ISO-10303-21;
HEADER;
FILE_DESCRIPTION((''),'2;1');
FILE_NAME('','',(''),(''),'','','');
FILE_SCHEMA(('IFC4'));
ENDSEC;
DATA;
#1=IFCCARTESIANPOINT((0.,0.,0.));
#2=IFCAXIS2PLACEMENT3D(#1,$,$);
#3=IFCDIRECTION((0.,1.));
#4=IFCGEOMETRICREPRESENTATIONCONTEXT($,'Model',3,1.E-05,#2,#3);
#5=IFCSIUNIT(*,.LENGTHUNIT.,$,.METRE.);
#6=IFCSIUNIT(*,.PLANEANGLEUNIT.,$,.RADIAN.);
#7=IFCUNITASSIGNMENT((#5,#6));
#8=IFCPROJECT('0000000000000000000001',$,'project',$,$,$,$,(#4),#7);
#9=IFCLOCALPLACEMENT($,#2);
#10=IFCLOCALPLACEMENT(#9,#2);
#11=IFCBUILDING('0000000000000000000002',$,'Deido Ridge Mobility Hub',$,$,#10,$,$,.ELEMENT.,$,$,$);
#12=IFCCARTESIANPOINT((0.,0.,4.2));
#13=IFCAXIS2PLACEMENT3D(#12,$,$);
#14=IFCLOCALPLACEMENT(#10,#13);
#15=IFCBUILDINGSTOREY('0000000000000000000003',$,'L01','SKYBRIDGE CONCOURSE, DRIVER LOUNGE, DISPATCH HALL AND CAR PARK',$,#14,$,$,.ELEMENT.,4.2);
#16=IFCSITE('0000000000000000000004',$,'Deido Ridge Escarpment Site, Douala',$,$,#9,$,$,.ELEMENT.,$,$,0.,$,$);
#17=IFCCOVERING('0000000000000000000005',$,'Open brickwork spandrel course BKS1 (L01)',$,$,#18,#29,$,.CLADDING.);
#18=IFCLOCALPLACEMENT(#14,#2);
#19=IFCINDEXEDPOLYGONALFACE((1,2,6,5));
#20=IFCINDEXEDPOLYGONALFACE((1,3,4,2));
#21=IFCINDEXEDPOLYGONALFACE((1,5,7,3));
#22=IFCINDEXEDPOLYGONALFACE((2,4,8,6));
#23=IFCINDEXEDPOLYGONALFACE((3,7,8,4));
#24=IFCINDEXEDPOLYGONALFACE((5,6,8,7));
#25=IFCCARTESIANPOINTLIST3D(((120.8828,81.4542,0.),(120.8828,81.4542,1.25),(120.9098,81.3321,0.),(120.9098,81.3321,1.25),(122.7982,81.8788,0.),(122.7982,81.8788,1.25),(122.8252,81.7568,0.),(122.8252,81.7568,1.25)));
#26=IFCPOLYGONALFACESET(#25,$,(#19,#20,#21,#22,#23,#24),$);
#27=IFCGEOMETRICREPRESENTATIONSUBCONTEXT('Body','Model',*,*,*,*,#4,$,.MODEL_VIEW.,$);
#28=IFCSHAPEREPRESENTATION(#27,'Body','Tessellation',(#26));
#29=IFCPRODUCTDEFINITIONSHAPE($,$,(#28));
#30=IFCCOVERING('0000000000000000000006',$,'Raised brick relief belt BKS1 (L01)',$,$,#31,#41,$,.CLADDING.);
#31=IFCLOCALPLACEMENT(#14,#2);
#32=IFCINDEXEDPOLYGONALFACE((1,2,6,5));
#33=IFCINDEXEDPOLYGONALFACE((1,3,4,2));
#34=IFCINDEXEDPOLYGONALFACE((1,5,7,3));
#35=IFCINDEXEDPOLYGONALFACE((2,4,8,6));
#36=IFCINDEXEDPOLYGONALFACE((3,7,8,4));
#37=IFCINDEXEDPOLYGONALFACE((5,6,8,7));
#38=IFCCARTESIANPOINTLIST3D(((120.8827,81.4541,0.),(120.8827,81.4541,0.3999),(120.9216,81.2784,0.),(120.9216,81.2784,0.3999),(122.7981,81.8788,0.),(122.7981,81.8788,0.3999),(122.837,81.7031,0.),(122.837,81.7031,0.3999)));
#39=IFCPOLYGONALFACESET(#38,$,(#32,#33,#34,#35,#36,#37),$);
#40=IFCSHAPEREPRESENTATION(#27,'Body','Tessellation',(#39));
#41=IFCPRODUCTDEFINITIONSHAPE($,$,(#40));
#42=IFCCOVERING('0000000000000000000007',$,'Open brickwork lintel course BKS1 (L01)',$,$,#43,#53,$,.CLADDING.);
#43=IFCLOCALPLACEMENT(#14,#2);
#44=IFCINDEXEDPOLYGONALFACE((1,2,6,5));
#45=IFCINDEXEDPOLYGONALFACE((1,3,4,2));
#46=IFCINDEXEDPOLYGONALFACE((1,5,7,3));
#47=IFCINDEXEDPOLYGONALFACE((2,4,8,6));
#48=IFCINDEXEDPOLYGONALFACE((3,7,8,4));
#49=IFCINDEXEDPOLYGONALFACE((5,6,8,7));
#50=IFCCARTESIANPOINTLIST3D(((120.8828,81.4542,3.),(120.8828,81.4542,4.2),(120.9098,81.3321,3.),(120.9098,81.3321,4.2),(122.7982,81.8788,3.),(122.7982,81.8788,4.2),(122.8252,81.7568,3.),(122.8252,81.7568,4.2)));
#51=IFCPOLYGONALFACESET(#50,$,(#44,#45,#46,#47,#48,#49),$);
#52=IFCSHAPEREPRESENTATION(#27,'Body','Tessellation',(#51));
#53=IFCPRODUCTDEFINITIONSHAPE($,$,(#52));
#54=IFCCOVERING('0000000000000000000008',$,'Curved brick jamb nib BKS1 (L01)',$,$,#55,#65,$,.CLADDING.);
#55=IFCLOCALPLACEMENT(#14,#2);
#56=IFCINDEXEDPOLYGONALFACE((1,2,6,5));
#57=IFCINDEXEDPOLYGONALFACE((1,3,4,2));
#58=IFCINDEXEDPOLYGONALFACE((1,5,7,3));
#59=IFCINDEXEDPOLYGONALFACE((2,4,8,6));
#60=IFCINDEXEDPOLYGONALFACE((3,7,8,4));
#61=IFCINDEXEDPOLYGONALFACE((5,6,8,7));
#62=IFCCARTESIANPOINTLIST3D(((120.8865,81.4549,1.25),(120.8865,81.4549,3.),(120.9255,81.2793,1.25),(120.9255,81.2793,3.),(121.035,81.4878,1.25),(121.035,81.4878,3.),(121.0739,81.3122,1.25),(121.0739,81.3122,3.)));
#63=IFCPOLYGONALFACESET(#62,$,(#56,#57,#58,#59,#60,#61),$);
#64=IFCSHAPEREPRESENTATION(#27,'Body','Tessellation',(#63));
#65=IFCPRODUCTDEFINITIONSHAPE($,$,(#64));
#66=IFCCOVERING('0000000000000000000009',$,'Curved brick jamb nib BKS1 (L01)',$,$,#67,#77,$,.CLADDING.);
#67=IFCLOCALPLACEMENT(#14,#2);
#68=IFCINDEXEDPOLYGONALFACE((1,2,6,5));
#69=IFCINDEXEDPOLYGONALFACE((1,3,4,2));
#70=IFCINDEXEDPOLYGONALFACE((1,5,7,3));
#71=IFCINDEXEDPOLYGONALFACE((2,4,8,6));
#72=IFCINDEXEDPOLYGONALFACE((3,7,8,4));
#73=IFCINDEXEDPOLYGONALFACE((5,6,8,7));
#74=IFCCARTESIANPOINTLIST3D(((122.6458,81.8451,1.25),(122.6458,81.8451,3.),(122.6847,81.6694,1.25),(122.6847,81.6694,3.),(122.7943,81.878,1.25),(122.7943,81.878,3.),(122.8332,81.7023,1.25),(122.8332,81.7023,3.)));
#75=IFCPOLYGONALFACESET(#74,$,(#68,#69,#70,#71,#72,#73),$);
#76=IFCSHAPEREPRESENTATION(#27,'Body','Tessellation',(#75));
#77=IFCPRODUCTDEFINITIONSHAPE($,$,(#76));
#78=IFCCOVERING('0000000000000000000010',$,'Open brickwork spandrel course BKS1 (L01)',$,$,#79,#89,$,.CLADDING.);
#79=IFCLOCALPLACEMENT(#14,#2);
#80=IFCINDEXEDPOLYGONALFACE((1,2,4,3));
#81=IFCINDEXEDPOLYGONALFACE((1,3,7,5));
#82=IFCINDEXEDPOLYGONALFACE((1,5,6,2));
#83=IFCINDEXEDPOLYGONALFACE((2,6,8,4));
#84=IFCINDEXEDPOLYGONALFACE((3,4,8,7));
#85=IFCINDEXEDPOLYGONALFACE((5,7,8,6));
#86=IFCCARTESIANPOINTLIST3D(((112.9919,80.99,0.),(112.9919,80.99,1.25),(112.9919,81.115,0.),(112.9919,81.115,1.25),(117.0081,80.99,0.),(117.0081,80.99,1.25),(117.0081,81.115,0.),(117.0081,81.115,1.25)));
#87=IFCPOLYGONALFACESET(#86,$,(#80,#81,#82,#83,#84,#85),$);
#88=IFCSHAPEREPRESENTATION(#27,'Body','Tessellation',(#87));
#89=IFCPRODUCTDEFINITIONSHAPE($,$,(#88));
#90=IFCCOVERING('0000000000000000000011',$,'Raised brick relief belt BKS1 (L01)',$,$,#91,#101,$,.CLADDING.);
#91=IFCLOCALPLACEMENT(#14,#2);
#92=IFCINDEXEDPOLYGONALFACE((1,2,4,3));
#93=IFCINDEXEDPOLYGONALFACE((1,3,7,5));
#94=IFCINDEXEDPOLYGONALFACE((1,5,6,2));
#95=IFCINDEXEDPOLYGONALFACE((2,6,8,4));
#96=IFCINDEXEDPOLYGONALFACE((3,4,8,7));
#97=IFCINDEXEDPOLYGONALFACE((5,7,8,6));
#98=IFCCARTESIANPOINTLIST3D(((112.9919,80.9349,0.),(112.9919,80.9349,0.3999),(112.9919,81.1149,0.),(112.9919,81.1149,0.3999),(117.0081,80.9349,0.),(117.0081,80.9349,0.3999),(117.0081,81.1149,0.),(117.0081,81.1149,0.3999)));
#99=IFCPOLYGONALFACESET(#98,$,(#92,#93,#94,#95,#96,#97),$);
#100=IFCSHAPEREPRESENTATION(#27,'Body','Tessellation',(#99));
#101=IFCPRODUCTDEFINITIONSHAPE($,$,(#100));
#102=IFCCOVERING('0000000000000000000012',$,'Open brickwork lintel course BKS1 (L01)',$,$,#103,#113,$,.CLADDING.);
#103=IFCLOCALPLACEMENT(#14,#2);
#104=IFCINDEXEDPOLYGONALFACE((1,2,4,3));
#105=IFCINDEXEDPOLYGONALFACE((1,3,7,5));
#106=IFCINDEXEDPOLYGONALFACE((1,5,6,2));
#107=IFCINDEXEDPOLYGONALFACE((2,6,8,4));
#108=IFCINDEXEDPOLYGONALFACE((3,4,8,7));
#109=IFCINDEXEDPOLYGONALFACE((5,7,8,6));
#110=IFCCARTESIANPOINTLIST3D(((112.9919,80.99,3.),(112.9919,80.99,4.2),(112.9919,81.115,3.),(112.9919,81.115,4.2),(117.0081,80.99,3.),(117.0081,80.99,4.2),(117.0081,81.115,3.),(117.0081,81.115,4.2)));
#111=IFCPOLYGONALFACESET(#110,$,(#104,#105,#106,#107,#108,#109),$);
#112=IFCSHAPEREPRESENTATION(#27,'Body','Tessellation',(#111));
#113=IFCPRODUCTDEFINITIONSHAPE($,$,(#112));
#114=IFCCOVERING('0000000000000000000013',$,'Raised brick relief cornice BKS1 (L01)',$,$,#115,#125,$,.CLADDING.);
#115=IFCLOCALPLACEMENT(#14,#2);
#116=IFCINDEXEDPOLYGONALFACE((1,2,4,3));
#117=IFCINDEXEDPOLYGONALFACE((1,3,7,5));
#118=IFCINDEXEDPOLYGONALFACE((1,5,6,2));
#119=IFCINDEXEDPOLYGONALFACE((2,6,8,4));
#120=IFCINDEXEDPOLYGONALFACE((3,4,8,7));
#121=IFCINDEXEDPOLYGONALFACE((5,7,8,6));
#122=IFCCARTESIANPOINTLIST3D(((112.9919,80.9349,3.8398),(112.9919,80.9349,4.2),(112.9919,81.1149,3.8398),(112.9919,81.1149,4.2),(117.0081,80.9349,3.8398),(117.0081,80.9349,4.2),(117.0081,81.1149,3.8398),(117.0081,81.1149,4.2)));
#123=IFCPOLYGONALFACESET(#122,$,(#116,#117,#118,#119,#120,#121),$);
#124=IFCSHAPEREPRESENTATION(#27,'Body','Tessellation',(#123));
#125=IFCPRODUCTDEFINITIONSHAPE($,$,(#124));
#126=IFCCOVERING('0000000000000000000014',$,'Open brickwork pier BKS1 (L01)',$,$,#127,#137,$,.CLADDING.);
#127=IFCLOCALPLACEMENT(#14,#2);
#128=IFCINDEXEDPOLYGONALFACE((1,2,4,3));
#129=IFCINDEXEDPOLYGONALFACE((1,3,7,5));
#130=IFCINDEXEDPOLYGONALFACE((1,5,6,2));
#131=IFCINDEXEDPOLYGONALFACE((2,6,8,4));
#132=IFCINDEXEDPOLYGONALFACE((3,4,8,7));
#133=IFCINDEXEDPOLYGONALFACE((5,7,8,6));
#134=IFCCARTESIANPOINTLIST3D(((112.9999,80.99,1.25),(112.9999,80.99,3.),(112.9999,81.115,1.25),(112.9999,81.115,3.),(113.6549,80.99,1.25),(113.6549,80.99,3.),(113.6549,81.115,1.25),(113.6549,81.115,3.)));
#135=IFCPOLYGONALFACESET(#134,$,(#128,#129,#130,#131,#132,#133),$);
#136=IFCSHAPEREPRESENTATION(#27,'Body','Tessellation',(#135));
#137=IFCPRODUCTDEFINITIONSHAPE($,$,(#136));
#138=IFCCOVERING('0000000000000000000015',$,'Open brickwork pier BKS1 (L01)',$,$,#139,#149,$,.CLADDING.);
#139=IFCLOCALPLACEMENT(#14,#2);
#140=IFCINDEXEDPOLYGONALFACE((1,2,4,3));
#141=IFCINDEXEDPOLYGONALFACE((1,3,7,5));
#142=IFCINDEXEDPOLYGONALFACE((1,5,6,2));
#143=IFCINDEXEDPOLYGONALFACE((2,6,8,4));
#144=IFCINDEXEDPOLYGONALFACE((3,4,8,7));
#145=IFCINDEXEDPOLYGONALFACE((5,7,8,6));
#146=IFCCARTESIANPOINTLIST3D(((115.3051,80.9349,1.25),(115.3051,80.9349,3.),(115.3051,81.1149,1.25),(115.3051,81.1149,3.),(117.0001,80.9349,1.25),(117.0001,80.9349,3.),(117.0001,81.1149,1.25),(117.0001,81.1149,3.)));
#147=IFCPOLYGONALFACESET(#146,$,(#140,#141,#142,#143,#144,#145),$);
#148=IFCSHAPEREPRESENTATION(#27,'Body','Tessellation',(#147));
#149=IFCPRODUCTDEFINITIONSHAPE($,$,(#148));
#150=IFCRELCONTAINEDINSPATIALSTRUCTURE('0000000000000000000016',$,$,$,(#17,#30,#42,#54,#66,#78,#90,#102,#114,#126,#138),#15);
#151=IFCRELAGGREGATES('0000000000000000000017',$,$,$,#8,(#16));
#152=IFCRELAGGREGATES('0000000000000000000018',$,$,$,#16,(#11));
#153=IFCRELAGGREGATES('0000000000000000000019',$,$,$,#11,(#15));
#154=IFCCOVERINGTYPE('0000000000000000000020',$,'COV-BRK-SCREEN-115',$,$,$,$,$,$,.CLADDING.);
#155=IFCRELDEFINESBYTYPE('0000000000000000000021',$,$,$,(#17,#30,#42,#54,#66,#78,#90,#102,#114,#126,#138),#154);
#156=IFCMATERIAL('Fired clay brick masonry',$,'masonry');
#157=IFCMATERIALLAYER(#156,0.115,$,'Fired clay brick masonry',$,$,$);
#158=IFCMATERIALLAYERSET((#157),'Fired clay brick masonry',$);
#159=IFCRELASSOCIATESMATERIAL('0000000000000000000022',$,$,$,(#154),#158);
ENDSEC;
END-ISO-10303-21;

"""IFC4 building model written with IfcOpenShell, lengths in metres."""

from ifc_helpers import new_model, si_unit, direction, frame, origin, origin_2d, place, context, subcontext, project, spatial, rectangle, extrude, material, layer, layer_set, type_object, element, save


model = new_model("IFC4")

# Units and contexts
model_context = context("Model", 3, precision=1e-05, world=origin(), true_north=direction((0.0, 1.0)))
body_context = subcontext(model_context, "Body", "Model", "MODEL_VIEW")
ifc_project = project(units=[si_unit("LENGTHUNIT", "METRE"), si_unit("PLANEANGLEUNIT", "RADIAN")], contexts=[model_context])

# Site, building, storey
site_placement = place(None, origin())
site = spatial("IfcSite", under=ifc_project, at=site_placement, Name="Deido Ridge Escarpment Site, Douala", CompositionType="ELEMENT", RefElevation=0.0)
building_placement = place(site_placement, origin())
building = spatial("IfcBuilding", under=site, at=building_placement, Name="Deido Ridge Mobility Hub", CompositionType="ELEMENT")
storey_placement = place(building_placement, frame((0.0, 0.0, 4.2)))
storey = spatial("IfcBuildingStorey", under=building, at=storey_placement, Name="L01", Description="SKYBRIDGE CONCOURSE, DRIVER LOUNGE, DISPATCH HALL AND CAR PARK", CompositionType="ELEMENT", Elevation=4.2)

# Coverings
ifc_material_1 = material(Name="Fired clay brick masonry", Category="masonry")
ifc_layer_1 = layer(ifc_material_1, 0.115, Name="Fired clay brick masonry")
ifc_layer_set_1 = layer_set([ifc_layer_1], Name="Fired clay brick masonry")
covering_type = type_object("IfcCoveringType", Name="COV-BRK-SCREEN-115", PredefinedType="CLADDING", material=ifc_layer_set_1)
covering_1_placement = place(storey_placement, frame((121.854, 81.6055, 0.0), z_axis=(0.0, 0.0, 1.0), x_axis=(0.976292, 0.216457, 0.0)))
element("IfcCovering", 1, at=covering_1_placement, inside=storey, type_object=covering_type, Name="Open brickwork spandrel course BKS1 (L01)", PredefinedType="CLADDING", context=body_context, shape_type="SweptSolid", body=[
    extrude(rectangle(XDim=1.9619, YDim=0.125, at=origin_2d()), origin(), (0.0, 0.0, 1.0), 1.25),
])
covering_2_placement = place(storey_placement, frame((121.8599, 81.5786, 0.0), z_axis=(0.0, 0.0, 1.0), x_axis=(0.976292, 0.216457, 0.0)))
element("IfcCovering", 2, at=covering_2_placement, inside=storey, type_object=covering_type, Name="Raised brick relief belt BKS1 (L01)", PredefinedType="CLADDING", context=body_context, shape_type="SweptSolid", body=[
    extrude(rectangle(XDim=1.9619, YDim=0.1799, at=origin_2d()), origin(), (0.0, 0.0, 1.0), 0.3999),
])
covering_3_placement = place(storey_placement, frame((121.854, 81.6055, 3.0), z_axis=(0.0, 0.0, 1.0), x_axis=(0.976292, 0.216457, 0.0)))
element("IfcCovering", 3, at=covering_3_placement, inside=storey, type_object=covering_type, Name="Open brickwork lintel course BKS1 (L01)", PredefinedType="CLADDING", context=body_context, shape_type="SweptSolid", body=[
    extrude(rectangle(XDim=1.9619, YDim=0.125, at=origin_2d()), origin(), (0.0, 0.0, 1.0), 1.2),
])
for number, where, z_axis, x_axis, name in (
    (4, (120.9802, 81.3835, 1.25), (0.0, 0.0, 1.0), (0.976292, 0.216457, 0.0), "Curved brick jamb nib BKS1 (L01)"),
    (5, (122.7395, 81.7737, 1.25), (0.0, 0.0, 1.0), (0.976292, 0.216457, 0.0), "Curved brick jamb nib BKS1 (L01)"),
):
    element("IfcCovering", number, at=place(storey_placement, frame(where, z_axis=z_axis, x_axis=x_axis)), inside=storey, type_object=covering_type, Name=name, PredefinedType="CLADDING", context=body_context, shape_type="SweptSolid", body=[
        extrude(rectangle(XDim=0.1521, YDim=0.1799, at=origin_2d()), origin(), (0.0, 0.0, 1.0), 1.75),
    ])
covering_4_placement = place(storey_placement, frame((115.0, 81.0525, 0.0), z_axis=(0.0, 0.0, 1.0), x_axis=(1.0, 0.0, 0.0)))
element("IfcCovering", 6, at=covering_4_placement, inside=storey, type_object=covering_type, Name="Open brickwork spandrel course BKS1 (L01)", PredefinedType="CLADDING", context=body_context, shape_type="SweptSolid", body=[
    extrude(rectangle(XDim=4.0161, YDim=0.125, at=origin_2d()), origin(), (0.0, 0.0, 1.0), 1.25),
])
covering_5_placement = place(storey_placement, frame((115.0, 81.0249, 0.0), z_axis=(0.0, 0.0, 1.0), x_axis=(1.0, 0.0, 0.0)))
element("IfcCovering", 7, at=covering_5_placement, inside=storey, type_object=covering_type, Name="Raised brick relief belt BKS1 (L01)", PredefinedType="CLADDING", context=body_context, shape_type="SweptSolid", body=[
    extrude(rectangle(XDim=4.0161, YDim=0.1799, at=origin_2d()), origin(), (0.0, 0.0, 1.0), 0.3999),
])
covering_6_placement = place(storey_placement, frame((115.0, 81.0525, 3.0), z_axis=(0.0, 0.0, 1.0), x_axis=(1.0, 0.0, 0.0)))
element("IfcCovering", 8, at=covering_6_placement, inside=storey, type_object=covering_type, Name="Open brickwork lintel course BKS1 (L01)", PredefinedType="CLADDING", context=body_context, shape_type="SweptSolid", body=[
    extrude(rectangle(XDim=4.0161, YDim=0.125, at=origin_2d()), origin(), (0.0, 0.0, 1.0), 1.2),
])
covering_7_placement = place(storey_placement, frame((115.0, 81.0249, 3.8398), z_axis=(0.0, 0.0, 1.0), x_axis=(1.0, 0.0, 0.0)))
element("IfcCovering", 9, at=covering_7_placement, inside=storey, type_object=covering_type, Name="Raised brick relief cornice BKS1 (L01)", PredefinedType="CLADDING", context=body_context, shape_type="SweptSolid", body=[
    extrude(rectangle(XDim=4.0161, YDim=0.1799, at=origin_2d()), origin(), (0.0, 0.0, 1.0), 0.3601),
])
covering_8_placement = place(storey_placement, frame((113.3274, 81.0525, 1.25), z_axis=(0.0, 0.0, 1.0), x_axis=(1.0, 0.0, 0.0)))
element("IfcCovering", 10, at=covering_8_placement, inside=storey, type_object=covering_type, Name="Open brickwork pier BKS1 (L01)", PredefinedType="CLADDING", context=body_context, shape_type="SweptSolid", body=[
    extrude(rectangle(XDim=0.655, YDim=0.125, at=origin_2d()), origin(), (0.0, 0.0, 1.0), 1.75),
])
covering_9_placement = place(storey_placement, frame((116.1526, 81.0249, 1.25), z_axis=(0.0, 0.0, 1.0), x_axis=(1.0, 0.0, 0.0)))
element("IfcCovering", 11, at=covering_9_placement, inside=storey, type_object=covering_type, Name="Open brickwork pier BKS1 (L01)", PredefinedType="CLADDING", context=body_context, shape_type="SweptSolid", body=[
    extrude(rectangle(XDim=1.6951, YDim=0.1799, at=origin_2d()), origin(), (0.0, 0.0, 1.0), 1.75),
])

save(model, "model.ifc")
